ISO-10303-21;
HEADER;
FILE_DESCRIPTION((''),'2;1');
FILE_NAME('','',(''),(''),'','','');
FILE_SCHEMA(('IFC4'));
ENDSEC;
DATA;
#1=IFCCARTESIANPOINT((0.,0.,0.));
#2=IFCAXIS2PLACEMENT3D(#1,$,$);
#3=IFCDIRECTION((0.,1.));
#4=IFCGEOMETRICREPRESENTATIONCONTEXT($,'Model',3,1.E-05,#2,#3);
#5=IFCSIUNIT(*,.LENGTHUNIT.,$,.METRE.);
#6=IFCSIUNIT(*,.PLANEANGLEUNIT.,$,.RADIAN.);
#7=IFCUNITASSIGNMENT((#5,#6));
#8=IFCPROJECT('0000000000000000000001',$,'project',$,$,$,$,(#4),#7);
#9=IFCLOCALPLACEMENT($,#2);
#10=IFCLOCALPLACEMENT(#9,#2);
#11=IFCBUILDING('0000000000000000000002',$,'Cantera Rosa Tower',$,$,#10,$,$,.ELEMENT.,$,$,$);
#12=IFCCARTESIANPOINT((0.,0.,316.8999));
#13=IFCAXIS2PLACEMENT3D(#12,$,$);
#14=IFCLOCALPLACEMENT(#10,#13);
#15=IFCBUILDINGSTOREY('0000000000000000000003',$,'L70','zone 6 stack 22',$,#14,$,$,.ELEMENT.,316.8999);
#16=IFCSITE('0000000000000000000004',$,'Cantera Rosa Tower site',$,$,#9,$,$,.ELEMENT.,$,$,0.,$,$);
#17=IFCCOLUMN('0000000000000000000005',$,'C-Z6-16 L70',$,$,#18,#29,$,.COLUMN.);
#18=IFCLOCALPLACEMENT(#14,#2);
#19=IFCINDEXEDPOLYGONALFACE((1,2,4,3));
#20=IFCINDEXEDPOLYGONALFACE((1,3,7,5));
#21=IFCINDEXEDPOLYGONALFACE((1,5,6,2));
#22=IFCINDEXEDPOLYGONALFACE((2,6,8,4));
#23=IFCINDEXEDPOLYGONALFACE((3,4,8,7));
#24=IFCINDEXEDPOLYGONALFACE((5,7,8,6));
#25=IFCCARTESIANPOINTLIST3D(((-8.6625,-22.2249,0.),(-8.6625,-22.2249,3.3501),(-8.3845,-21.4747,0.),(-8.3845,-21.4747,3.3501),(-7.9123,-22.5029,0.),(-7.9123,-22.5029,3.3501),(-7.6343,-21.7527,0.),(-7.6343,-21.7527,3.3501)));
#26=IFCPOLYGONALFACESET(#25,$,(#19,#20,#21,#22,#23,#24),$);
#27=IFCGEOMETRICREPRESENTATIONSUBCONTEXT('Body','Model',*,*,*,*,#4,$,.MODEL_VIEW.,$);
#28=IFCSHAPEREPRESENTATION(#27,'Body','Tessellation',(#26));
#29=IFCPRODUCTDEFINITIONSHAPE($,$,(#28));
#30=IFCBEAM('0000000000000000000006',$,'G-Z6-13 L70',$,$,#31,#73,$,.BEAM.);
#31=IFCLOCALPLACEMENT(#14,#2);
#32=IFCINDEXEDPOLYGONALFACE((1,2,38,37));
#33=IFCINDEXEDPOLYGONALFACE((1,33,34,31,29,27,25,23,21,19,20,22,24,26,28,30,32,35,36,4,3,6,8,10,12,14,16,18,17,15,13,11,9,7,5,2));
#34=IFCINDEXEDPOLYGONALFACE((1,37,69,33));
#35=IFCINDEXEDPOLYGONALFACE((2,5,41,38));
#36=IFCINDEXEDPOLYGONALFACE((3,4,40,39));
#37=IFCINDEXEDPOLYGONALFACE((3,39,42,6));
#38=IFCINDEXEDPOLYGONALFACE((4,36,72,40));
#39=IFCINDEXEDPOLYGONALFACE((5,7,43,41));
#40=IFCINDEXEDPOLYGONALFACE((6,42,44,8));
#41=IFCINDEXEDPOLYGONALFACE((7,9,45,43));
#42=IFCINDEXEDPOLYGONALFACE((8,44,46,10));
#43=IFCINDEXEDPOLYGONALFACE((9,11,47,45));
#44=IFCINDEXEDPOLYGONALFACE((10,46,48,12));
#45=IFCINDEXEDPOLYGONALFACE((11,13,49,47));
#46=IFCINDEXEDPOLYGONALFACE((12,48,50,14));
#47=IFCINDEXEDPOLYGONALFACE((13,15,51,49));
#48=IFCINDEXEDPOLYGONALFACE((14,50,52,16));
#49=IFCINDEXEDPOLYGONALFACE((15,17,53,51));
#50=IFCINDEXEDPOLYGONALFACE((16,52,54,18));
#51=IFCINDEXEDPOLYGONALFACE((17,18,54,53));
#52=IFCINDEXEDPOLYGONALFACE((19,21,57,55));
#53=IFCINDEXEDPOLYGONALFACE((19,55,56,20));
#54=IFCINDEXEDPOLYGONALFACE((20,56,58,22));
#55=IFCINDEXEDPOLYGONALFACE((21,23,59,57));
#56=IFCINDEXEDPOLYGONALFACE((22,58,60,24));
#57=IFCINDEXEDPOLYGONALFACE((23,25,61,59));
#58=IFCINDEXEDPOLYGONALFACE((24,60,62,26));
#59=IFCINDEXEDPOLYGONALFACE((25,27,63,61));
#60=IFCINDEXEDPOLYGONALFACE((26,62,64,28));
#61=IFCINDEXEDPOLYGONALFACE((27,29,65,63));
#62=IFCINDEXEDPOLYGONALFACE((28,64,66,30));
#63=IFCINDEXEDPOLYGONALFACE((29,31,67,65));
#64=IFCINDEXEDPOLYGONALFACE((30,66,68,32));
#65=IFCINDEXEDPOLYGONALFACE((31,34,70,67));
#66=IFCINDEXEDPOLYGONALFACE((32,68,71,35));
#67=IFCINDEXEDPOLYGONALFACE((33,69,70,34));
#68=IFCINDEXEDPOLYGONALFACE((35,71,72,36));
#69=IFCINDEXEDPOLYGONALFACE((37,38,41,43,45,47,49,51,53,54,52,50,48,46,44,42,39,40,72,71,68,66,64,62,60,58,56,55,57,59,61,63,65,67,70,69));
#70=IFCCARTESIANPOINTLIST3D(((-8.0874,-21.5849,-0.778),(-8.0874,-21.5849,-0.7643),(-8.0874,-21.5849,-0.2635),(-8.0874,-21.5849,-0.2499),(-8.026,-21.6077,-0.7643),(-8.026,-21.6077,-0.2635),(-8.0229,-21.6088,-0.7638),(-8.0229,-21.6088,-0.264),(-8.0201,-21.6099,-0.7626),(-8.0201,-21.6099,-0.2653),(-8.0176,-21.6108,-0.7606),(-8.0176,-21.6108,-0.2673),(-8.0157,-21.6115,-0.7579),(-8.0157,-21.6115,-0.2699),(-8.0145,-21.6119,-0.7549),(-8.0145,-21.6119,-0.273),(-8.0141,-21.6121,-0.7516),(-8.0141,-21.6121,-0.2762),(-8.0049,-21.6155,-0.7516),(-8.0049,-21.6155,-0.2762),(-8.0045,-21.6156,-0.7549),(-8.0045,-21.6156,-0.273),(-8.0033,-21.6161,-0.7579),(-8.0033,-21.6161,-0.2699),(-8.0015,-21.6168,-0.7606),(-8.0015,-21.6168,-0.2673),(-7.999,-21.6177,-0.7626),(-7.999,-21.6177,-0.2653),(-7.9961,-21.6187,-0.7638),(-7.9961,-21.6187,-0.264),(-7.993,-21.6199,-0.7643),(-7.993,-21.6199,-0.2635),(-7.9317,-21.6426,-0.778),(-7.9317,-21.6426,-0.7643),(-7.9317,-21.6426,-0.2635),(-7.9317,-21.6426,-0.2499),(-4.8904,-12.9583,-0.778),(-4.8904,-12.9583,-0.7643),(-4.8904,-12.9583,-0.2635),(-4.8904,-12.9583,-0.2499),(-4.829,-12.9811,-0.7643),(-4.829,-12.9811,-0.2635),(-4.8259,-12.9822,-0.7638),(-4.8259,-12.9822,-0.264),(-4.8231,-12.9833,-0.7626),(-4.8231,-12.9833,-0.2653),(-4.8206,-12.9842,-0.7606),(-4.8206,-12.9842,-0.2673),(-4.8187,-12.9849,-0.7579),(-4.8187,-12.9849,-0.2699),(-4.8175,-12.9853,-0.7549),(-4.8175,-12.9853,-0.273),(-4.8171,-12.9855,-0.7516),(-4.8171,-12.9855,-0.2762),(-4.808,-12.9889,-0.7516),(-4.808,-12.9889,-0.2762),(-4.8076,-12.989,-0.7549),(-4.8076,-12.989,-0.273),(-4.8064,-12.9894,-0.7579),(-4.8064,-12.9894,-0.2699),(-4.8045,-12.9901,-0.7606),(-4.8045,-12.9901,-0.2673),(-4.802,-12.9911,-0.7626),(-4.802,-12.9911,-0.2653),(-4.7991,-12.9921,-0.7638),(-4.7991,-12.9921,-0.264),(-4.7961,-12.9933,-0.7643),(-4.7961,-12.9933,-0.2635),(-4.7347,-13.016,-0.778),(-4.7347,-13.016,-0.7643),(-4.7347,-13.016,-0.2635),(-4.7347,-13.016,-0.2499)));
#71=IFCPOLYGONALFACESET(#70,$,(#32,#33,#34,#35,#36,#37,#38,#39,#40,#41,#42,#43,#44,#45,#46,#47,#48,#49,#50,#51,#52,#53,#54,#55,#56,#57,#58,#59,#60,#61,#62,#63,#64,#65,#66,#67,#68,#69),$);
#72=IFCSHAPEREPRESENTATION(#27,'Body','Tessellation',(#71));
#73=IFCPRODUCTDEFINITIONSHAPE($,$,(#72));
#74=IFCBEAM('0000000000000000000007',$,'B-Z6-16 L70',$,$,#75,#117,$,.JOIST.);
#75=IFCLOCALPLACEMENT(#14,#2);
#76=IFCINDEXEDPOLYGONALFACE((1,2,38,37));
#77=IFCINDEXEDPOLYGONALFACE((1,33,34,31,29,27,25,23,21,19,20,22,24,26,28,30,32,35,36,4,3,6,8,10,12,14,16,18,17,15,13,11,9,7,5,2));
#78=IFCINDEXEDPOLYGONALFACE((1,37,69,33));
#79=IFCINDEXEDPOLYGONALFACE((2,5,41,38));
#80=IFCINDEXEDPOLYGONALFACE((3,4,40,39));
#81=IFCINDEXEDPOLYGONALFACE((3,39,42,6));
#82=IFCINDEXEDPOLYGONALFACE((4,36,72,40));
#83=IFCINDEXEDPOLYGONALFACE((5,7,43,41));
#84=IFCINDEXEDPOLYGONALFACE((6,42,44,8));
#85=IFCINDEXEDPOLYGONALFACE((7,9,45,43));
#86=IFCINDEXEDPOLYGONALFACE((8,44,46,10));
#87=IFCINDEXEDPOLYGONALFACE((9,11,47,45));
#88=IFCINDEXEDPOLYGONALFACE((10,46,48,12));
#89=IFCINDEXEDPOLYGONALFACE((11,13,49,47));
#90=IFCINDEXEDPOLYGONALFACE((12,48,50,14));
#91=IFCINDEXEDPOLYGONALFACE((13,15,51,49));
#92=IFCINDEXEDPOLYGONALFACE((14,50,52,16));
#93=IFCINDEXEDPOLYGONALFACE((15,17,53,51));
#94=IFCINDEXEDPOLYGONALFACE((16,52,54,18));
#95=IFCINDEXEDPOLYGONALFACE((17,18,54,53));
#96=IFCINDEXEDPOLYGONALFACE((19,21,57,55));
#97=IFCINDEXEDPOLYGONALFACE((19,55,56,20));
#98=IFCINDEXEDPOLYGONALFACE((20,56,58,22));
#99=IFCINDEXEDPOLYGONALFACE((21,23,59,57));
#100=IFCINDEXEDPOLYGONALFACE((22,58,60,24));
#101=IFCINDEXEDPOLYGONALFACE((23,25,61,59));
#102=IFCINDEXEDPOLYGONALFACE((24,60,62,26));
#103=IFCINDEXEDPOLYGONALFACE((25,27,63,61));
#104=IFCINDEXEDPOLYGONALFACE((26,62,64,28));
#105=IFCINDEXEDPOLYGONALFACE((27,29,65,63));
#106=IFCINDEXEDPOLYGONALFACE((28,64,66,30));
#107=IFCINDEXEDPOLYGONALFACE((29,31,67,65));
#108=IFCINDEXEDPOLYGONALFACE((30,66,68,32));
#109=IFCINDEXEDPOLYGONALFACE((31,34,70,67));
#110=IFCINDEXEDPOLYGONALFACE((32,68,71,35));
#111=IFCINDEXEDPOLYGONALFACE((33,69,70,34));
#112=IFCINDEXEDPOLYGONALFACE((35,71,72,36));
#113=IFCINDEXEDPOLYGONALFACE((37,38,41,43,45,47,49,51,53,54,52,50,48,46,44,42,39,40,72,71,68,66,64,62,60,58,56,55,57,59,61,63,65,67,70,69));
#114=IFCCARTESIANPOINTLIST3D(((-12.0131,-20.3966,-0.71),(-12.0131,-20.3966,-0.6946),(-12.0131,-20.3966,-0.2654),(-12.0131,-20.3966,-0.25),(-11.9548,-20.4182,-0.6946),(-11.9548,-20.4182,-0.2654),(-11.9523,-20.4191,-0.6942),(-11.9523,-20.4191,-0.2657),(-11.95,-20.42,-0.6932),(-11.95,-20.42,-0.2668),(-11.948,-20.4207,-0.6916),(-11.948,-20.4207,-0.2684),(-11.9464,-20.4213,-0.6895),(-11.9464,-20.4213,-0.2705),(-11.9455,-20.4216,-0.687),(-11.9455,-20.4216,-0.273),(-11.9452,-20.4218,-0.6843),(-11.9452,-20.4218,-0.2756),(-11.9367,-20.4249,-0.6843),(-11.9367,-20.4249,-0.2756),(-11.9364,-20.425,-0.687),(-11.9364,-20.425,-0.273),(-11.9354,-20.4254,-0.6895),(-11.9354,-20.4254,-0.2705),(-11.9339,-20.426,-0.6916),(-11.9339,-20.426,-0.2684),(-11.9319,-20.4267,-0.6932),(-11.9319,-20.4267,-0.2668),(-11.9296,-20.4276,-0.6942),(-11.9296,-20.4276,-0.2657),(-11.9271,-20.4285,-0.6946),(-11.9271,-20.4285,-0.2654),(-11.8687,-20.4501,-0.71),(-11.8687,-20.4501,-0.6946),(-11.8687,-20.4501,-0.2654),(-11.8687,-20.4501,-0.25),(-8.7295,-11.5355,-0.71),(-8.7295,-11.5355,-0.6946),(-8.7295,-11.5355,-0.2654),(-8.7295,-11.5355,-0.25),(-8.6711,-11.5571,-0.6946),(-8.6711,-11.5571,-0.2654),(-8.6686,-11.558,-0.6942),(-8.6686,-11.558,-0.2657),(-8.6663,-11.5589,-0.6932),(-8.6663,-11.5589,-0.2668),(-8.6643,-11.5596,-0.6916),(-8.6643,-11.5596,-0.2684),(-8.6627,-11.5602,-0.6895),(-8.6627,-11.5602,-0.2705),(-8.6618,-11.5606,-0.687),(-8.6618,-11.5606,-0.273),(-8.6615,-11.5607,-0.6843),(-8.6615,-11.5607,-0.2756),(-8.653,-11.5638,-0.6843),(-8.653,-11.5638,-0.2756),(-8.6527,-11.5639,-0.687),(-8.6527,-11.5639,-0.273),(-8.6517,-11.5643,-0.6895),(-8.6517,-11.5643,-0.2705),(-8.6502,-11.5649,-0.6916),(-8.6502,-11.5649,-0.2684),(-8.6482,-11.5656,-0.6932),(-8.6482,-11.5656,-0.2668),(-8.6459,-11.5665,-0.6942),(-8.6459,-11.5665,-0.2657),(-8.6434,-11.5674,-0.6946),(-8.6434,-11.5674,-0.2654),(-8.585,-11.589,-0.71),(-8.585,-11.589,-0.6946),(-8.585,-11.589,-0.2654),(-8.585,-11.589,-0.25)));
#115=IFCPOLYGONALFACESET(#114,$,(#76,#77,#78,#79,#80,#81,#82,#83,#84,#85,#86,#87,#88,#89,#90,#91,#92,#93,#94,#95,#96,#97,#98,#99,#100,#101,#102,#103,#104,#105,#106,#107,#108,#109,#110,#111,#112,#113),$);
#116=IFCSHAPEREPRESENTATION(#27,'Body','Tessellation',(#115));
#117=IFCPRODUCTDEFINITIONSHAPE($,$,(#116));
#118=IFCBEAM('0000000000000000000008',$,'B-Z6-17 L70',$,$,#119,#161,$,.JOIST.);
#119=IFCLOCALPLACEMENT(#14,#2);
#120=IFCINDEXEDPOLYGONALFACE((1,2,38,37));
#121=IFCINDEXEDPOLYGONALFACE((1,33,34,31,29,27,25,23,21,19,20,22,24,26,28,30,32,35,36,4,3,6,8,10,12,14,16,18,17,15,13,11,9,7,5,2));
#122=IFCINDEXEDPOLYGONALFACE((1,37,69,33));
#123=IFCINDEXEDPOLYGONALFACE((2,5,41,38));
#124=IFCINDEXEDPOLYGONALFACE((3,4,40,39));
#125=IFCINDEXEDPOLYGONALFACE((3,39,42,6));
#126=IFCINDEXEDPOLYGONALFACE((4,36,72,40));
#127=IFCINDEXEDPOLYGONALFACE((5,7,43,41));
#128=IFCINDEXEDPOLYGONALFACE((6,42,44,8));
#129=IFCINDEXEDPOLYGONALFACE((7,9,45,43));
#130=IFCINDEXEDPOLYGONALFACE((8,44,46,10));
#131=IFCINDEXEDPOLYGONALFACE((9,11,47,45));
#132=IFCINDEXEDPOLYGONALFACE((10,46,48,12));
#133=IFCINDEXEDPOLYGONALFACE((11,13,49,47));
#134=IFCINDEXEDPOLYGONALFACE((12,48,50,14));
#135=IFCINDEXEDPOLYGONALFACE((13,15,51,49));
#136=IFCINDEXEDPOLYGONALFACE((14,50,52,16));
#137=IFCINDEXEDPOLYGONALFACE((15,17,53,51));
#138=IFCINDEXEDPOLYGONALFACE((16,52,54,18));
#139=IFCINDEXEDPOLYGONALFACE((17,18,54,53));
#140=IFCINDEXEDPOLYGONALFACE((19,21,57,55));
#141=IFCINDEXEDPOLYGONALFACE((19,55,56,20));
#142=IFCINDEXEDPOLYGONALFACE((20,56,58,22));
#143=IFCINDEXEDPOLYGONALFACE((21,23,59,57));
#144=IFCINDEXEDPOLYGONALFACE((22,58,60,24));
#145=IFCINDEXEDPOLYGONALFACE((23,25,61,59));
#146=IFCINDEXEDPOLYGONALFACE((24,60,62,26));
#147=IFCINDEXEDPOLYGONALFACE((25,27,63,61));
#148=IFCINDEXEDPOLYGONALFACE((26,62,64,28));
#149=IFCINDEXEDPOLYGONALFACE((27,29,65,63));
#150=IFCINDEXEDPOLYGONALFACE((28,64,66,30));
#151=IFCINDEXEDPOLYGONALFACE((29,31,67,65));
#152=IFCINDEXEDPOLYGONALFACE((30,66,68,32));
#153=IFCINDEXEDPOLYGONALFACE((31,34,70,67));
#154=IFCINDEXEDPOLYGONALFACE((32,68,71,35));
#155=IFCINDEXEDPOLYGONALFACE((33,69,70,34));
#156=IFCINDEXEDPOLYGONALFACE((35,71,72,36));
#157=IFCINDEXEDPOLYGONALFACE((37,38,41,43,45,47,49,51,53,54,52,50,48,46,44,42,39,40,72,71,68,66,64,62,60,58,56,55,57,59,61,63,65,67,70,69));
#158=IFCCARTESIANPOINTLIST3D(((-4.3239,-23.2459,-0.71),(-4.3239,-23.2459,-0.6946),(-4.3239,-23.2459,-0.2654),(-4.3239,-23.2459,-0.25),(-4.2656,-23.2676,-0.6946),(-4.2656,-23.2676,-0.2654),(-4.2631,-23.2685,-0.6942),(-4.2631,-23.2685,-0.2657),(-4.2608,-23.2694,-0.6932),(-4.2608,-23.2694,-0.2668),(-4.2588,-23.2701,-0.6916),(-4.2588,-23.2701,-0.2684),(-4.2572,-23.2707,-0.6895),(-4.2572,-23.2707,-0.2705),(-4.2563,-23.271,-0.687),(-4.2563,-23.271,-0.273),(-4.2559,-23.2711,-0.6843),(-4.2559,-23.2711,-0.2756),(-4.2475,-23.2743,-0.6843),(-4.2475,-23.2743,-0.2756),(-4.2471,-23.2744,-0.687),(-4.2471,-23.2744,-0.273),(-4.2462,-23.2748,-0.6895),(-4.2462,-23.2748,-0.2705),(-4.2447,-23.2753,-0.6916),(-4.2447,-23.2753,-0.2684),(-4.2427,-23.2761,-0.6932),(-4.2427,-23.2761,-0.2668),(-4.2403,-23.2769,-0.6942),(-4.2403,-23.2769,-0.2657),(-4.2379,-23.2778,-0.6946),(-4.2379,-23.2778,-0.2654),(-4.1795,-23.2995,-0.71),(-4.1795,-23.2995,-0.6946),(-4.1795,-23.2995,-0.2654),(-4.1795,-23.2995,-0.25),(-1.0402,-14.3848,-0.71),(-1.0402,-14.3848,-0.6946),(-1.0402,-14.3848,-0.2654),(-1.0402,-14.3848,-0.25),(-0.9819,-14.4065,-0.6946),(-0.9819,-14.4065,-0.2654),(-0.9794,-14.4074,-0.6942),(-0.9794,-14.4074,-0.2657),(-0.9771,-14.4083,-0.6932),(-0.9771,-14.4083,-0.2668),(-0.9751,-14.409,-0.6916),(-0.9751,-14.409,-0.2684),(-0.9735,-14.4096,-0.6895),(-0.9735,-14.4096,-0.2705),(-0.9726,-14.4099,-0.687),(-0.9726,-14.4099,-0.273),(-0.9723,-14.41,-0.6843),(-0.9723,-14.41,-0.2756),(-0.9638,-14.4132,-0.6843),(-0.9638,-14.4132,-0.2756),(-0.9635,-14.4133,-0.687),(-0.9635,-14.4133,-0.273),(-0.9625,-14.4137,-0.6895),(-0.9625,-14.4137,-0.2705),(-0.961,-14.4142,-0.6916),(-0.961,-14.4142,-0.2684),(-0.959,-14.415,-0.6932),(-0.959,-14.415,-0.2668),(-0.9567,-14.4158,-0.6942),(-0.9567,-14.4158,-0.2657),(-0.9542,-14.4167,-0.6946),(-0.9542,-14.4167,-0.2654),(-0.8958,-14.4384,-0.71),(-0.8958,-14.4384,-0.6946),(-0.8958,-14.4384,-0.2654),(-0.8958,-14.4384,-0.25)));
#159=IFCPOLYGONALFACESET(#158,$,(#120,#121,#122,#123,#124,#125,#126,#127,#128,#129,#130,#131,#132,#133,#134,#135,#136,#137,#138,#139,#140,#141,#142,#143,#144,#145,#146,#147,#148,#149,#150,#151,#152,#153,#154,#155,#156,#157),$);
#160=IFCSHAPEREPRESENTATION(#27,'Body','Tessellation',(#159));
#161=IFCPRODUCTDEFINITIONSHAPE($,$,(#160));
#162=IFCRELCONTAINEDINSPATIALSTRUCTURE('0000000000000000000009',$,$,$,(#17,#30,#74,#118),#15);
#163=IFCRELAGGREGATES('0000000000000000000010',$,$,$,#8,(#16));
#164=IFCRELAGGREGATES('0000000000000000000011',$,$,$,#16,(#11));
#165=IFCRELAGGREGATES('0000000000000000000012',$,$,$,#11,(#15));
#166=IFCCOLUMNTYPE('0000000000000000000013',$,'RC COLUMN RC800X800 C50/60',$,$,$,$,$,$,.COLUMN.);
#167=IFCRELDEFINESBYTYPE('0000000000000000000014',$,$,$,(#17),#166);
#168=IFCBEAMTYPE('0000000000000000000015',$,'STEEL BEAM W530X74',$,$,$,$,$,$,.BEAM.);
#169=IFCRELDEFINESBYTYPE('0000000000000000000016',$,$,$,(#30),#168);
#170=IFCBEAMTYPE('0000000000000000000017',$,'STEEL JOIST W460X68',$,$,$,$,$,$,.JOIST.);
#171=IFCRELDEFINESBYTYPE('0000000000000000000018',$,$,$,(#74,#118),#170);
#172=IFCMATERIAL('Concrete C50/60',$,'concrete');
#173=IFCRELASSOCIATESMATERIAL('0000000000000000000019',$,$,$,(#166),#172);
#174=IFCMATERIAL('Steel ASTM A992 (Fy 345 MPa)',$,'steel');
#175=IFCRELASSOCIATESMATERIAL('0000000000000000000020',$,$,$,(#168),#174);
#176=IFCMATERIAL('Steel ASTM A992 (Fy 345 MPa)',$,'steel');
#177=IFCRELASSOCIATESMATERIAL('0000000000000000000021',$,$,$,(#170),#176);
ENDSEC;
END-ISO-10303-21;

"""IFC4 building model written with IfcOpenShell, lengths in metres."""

from ifc_helpers import new_model, si_unit, direction, frame, origin, origin_2d, place, context, subcontext, project, spatial, rectangle, i_section, extrude, material, material_profile, profile_set, type_object, element, save


model = new_model("IFC4")

# Units and contexts
model_context = context("Model", 3, precision=1e-05, world=origin(), true_north=direction((0.0, 1.0)))
body_context = subcontext(model_context, "Body", "Model", "MODEL_VIEW")
ifc_project = project(units=[si_unit("LENGTHUNIT", "METRE"), si_unit("PLANEANGLEUNIT", "RADIAN")], contexts=[model_context])

# Site, building, storey
site_placement = place(None, origin())
site = spatial("IfcSite", under=ifc_project, at=site_placement, Name="Cantera Rosa Tower site", CompositionType="ELEMENT", RefElevation=0.0)
building_placement = place(site_placement, origin())
building = spatial("IfcBuilding", under=site, at=building_placement, Name="Cantera Rosa Tower", CompositionType="ELEMENT")
storey_placement = place(building_placement, frame((0.0, 0.0, 316.8999)))
storey = spatial("IfcBuildingStorey", under=building, at=storey_placement, Name="L70", Description="zone 6 stack 22", CompositionType="ELEMENT", Elevation=316.8999)

# Column
ifc_material_1 = material(Name="Concrete C50/60", Category="concrete")
ifc_material_profile_1 = material_profile(ifc_material_1, rectangle(XDim=0.8, YDim=0.8, at=origin_2d()), Name="RC COLUMN RC800X800 C50/60")
ifc_profile_set_1 = profile_set([ifc_material_profile_1], Name="Concrete C50/60")
column_type = type_object("IfcColumnType", Name="RC COLUMN RC800X800 C50/60", PredefinedType="COLUMN", material=ifc_profile_set_1)
column_placement = place(storey_placement, frame((-8.1484, -21.9888, 0.0), z_axis=(0.0, 0.0, 1.0), x_axis=(0.347481, 0.937687, 0.0)))
element("IfcColumn", 1, at=column_placement, inside=storey, type_object=column_type, Name="C-Z6-16 L70", PredefinedType="COLUMN", context=body_context, shape_type="SweptSolid", body=[
    extrude(rectangle(XDim=0.8, YDim=0.8, at=origin_2d()), origin(), (0.0, 0.0, 1.0), 3.3501),
])

# Beams
ifc_material_2 = material(Name="Steel ASTM A992 (Fy 345 MPa)", Category="steel")
ifc_material_profile_2 = material_profile(ifc_material_2, i_section(OverallWidth=0.166, OverallDepth=0.5281, WebThickness=0.0098, FlangeThickness=0.0137, FilletRadius=0.0127, at=origin_2d()), Name="W530X74")
ifc_profile_set_2 = profile_set([ifc_material_profile_2], Name="Steel ASTM A992 (Fy 345 MPa)")
beam_type_1 = type_object("IfcBeamType", Name="STEEL BEAM W530X74", PredefinedType="BEAM", material=ifc_profile_set_2)
beam_placement = place(storey_placement, frame((-8.0095, -21.6138, -0.5139), z_axis=(0.3475, 0.93768, 0.0), x_axis=(-0.93768, 0.3475, 0.0)))
element("IfcBeam", 2, at=beam_placement, inside=storey, type_object=beam_type_1, Name="G-Z6-13 L70", PredefinedType="BEAM", context=body_context, shape_type="SweptSolid", body=[
    extrude(i_section(OverallWidth=0.166, OverallDepth=0.5281, WebThickness=0.0098, FlangeThickness=0.0137, FilletRadius=0.0127, at=origin_2d()), origin(), (0.0, 0.0, 1.0), 9.2),
])
ifc_material_3 = material(Name="Steel ASTM A992 (Fy 345 MPa)", Category="steel")
ifc_material_profile_3 = material_profile(ifc_material_3, i_section(OverallWidth=0.1541, OverallDepth=0.46, WebThickness=0.009, FlangeThickness=0.0154, FilletRadius=0.0103, at=origin_2d()), Name="W460X68")
ifc_profile_set_3 = profile_set([ifc_material_profile_3], Name="Steel ASTM A992 (Fy 345 MPa)")
beam_type_2 = type_object("IfcBeamType", Name="STEEL JOIST W460X68", PredefinedType="JOIST", material=ifc_profile_set_3)
for number, where, z_axis, x_axis, name in (
    (3, (-11.9409, -20.4233, -0.48), (0.347483, 0.937686, 0.0), (-0.937686, 0.347483, 0.0), "B-Z6-16 L70"),
    (4, (-4.2517, -23.2727, -0.48), (0.347483, 0.937686, 0.0), (-0.937686, 0.347483, 0.0), "B-Z6-17 L70"),
):
    element("IfcBeam", number, at=place(storey_placement, frame(where, z_axis=z_axis, x_axis=x_axis)), inside=storey, type_object=beam_type_2, Name=name, PredefinedType="JOIST", context=body_context, shape_type="SweptSolid", body=[
        extrude(i_section(OverallWidth=0.1541, OverallDepth=0.46, WebThickness=0.009, FlangeThickness=0.0154, FilletRadius=0.0103, at=origin_2d()), origin(), (0.0, 0.0, 1.0), 9.45),
    ])

save(model, "model.ifc")
